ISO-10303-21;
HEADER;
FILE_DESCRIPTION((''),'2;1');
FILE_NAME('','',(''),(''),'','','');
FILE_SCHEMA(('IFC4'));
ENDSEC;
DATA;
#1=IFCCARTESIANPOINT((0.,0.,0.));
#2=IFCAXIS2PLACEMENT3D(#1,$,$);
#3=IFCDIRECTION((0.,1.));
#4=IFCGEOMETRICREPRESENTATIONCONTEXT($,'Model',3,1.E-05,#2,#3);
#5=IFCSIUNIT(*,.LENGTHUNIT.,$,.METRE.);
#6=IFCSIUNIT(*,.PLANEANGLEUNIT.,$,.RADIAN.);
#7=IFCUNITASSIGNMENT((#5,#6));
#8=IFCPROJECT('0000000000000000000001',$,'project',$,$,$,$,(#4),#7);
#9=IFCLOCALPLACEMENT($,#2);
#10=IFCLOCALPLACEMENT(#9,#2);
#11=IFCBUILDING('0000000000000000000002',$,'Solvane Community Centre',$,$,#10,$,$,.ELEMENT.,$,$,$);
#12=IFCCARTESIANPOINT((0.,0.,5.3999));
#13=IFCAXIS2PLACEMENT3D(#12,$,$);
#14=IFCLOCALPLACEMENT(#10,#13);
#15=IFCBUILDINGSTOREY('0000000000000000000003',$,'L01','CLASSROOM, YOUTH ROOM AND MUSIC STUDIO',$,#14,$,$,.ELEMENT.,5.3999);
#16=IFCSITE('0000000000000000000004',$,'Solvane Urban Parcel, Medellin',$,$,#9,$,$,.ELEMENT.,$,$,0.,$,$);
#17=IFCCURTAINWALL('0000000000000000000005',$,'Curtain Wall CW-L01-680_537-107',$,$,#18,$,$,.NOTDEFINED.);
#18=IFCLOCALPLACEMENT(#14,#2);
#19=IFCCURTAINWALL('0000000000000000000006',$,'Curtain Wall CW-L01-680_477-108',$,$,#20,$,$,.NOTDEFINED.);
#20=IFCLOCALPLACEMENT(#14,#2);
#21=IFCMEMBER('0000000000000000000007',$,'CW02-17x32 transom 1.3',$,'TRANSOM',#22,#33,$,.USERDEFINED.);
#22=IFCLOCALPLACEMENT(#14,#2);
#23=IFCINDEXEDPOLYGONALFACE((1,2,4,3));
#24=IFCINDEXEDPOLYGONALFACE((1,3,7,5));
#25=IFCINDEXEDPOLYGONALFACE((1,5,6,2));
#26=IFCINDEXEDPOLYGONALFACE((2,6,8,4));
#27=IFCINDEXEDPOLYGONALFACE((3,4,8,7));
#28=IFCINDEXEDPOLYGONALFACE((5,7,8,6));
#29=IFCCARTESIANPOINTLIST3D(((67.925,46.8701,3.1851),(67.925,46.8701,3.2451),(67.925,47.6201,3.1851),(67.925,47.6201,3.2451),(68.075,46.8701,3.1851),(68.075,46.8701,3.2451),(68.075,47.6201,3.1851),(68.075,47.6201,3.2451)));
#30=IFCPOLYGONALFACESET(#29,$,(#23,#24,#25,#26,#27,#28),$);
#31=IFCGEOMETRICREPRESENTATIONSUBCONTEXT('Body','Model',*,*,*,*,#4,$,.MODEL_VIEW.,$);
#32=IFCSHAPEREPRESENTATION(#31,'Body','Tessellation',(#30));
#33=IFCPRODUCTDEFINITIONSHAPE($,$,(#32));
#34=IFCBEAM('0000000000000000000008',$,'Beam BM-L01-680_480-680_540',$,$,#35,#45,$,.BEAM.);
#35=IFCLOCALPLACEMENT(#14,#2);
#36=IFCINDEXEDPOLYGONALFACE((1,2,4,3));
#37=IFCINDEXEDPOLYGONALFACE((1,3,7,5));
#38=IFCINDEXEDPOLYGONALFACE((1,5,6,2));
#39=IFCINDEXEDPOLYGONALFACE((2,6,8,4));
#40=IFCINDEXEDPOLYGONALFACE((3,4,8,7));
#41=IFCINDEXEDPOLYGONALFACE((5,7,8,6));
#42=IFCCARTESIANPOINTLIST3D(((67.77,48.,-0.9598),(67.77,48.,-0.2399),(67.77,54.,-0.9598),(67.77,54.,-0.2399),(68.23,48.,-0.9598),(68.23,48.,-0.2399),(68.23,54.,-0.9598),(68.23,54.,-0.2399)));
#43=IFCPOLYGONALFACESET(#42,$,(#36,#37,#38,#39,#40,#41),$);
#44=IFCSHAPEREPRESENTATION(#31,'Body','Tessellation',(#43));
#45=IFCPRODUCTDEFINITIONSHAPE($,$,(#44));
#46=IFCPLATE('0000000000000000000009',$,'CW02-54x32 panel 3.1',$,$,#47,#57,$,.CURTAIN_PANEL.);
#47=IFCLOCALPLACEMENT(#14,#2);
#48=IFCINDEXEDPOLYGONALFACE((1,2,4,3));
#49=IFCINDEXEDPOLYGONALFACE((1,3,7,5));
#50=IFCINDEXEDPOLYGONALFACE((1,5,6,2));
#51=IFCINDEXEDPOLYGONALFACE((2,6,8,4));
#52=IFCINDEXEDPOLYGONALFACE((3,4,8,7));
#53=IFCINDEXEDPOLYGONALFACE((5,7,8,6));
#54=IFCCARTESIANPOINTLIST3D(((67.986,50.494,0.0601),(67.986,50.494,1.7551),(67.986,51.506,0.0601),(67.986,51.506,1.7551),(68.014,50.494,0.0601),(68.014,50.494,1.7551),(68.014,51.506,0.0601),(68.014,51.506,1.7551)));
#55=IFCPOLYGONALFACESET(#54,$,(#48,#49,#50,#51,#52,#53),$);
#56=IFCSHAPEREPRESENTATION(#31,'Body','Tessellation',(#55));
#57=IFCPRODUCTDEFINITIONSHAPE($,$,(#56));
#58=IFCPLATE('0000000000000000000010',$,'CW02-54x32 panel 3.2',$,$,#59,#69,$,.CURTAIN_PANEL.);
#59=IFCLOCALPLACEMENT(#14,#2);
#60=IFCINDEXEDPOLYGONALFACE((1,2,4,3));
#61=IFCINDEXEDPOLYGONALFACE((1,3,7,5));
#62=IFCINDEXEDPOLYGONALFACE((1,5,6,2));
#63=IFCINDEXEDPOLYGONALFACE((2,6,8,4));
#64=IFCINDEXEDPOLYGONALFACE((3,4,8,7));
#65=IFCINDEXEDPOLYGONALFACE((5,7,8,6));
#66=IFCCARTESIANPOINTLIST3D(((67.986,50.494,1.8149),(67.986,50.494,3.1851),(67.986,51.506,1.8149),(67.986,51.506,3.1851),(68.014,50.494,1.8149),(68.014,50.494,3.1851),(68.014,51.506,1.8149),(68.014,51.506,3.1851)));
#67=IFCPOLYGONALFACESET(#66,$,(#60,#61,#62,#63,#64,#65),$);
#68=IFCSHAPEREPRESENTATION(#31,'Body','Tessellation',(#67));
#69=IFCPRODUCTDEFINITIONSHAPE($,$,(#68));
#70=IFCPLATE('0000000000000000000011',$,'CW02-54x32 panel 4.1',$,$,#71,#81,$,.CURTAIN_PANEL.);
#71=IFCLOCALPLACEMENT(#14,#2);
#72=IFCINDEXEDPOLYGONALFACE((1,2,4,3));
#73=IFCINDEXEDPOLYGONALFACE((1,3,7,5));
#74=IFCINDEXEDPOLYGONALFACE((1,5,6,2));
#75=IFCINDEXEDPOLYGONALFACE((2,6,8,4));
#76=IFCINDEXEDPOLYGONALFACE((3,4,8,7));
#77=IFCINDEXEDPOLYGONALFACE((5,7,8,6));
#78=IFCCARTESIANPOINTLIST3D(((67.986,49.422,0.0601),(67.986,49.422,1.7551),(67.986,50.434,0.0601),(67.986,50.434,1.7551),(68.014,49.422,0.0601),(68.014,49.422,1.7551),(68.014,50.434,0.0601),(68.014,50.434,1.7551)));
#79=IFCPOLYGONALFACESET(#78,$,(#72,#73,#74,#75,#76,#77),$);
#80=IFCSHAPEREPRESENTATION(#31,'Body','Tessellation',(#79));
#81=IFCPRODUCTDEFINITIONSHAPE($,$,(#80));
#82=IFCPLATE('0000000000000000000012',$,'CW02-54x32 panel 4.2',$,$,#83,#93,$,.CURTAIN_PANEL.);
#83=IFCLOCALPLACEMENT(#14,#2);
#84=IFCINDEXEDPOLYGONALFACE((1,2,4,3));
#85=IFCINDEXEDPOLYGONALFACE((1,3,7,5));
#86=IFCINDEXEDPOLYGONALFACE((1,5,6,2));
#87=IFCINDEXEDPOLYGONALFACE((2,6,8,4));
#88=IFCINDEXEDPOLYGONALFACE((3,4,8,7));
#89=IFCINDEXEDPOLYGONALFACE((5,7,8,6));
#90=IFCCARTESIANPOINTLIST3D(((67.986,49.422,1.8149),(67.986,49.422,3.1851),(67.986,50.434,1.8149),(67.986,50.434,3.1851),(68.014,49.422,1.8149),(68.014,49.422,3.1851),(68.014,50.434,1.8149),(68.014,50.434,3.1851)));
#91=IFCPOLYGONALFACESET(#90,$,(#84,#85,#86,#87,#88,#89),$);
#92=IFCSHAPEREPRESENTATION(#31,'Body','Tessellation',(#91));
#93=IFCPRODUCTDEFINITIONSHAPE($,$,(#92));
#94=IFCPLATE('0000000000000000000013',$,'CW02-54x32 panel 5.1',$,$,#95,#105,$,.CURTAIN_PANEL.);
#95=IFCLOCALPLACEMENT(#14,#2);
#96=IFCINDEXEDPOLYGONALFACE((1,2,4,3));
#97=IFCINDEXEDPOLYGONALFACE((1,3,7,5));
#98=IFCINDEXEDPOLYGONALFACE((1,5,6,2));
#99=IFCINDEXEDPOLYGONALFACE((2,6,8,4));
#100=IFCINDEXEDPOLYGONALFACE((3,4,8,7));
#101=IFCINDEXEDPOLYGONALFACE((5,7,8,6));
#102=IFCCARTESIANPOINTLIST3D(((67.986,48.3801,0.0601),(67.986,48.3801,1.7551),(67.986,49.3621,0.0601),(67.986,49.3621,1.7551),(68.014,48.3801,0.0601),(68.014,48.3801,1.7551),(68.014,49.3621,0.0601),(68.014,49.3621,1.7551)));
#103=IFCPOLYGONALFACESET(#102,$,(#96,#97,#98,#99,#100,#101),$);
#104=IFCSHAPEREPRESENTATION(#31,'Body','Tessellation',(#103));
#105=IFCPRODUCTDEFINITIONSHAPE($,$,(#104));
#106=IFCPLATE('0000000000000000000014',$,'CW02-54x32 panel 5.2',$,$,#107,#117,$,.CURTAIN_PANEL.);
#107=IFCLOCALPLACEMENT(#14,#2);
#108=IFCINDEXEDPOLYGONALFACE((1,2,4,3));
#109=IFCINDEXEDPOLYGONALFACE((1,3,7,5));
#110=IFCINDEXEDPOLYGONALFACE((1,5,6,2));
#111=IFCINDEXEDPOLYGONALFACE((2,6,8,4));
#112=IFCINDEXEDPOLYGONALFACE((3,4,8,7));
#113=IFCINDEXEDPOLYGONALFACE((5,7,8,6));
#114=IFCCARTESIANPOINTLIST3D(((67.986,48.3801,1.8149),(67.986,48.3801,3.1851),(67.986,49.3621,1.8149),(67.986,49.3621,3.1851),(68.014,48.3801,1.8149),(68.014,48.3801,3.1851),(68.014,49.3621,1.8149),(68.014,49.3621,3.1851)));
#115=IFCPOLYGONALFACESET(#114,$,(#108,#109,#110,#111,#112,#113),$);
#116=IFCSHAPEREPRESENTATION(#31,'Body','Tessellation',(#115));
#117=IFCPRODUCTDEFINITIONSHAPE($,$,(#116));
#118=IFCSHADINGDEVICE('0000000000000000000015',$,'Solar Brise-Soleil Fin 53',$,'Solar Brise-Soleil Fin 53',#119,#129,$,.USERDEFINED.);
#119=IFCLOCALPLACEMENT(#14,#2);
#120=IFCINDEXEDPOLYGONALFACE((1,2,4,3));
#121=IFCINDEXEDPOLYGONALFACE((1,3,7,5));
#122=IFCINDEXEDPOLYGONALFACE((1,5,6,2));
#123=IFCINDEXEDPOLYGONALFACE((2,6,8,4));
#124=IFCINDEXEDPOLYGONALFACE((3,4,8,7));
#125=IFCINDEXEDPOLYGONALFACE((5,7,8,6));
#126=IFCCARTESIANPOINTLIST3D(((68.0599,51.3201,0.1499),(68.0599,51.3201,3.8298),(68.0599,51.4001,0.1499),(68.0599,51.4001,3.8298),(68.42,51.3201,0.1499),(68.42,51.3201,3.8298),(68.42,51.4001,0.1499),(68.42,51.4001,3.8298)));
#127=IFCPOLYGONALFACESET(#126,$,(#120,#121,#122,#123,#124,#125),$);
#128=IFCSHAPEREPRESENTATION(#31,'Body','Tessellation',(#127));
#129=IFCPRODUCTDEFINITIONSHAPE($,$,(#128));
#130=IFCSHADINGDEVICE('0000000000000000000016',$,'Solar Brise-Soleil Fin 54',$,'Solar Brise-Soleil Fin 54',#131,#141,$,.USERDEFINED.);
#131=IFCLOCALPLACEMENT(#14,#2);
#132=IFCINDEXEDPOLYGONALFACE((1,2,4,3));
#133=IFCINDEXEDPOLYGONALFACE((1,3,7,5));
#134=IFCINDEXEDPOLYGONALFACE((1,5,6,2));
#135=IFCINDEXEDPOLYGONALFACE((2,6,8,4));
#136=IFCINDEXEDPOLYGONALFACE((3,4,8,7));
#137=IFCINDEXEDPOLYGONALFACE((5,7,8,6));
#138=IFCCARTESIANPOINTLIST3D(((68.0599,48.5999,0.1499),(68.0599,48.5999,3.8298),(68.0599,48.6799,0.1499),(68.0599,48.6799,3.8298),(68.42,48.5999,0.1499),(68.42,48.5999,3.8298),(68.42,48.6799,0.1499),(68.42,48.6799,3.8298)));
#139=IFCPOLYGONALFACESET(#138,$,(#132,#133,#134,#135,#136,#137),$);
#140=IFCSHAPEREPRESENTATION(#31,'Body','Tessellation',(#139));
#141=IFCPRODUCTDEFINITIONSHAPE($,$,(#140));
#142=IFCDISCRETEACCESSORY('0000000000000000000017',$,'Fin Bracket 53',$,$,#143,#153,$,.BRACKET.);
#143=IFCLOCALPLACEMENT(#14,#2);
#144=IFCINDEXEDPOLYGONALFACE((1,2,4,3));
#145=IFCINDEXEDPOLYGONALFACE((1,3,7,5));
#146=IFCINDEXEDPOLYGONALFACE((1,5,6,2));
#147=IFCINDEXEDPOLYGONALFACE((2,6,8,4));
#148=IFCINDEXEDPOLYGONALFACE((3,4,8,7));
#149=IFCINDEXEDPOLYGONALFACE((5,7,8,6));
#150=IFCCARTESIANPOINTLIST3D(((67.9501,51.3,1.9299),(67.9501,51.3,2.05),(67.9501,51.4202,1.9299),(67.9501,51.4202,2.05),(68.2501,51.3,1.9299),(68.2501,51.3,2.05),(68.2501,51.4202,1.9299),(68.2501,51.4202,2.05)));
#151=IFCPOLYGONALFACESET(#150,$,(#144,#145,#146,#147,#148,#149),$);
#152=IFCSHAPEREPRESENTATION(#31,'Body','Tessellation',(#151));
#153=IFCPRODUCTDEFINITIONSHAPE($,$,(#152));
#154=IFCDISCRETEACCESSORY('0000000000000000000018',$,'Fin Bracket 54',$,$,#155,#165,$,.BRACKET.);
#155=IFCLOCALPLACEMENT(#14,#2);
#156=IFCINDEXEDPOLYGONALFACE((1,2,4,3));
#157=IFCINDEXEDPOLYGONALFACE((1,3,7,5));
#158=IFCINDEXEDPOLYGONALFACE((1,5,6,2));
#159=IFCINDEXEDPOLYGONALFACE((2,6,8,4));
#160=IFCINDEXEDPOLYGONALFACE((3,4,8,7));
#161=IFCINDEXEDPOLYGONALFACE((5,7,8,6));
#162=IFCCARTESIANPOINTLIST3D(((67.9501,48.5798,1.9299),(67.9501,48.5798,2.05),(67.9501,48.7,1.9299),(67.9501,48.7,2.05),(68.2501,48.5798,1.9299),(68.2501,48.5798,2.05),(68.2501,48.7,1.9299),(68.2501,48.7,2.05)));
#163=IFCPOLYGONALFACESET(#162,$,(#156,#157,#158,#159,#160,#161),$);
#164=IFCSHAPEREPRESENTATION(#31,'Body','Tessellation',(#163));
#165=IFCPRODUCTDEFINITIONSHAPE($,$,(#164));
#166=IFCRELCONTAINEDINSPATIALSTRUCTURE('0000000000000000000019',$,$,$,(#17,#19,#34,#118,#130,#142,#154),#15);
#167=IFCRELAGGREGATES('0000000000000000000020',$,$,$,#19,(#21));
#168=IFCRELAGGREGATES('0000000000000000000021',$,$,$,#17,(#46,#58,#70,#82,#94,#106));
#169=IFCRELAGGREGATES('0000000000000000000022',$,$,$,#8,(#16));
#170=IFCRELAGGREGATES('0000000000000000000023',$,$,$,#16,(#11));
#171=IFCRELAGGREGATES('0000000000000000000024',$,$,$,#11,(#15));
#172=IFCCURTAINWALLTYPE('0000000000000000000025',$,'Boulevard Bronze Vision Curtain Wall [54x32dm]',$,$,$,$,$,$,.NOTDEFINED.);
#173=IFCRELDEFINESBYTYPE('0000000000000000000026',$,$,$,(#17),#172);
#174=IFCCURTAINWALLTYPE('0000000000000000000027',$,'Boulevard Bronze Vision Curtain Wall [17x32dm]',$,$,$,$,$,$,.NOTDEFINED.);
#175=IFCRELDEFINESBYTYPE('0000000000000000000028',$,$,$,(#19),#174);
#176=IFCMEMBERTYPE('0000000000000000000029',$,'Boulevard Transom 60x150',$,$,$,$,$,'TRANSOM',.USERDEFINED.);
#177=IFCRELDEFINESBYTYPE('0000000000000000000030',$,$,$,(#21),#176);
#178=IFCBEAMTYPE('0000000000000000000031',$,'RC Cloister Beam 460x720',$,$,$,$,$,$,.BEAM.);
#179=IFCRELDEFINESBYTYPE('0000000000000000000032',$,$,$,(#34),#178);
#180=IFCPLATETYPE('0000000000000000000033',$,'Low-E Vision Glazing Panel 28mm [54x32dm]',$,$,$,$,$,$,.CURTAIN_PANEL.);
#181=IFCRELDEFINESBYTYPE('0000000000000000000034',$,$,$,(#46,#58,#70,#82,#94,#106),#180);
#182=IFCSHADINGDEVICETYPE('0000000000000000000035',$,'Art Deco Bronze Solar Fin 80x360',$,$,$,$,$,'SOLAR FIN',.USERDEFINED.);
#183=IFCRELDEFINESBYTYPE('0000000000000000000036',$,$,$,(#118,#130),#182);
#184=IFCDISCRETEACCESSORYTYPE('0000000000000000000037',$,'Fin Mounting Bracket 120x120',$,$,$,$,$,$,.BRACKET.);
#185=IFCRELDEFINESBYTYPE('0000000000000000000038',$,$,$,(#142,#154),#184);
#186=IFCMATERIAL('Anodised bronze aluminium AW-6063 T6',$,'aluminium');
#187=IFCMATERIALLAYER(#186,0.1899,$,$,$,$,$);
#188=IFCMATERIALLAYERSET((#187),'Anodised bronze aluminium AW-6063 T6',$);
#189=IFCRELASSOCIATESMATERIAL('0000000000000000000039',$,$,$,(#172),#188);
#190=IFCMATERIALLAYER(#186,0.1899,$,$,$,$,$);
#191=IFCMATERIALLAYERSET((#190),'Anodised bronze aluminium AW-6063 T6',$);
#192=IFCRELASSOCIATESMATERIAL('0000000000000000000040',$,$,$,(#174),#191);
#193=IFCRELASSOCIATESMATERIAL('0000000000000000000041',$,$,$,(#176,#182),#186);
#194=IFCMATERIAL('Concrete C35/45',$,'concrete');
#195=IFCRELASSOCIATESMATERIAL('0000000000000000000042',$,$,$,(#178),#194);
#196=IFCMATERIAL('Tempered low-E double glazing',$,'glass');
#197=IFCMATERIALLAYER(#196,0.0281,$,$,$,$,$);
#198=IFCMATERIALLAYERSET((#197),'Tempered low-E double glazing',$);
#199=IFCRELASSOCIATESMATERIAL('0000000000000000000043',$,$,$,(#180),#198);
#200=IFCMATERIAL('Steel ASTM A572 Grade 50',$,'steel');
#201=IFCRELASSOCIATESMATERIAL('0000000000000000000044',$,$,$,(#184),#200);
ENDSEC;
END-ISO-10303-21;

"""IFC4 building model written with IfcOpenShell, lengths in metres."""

from ifc_helpers import new_model, si_unit, direction, frame, origin, origin_2d, place, context, subcontext, project, spatial, rectangle, extrude, material, layer, layer_set, material_profile, profile_set, type_object, element, aggregate, save


model = new_model("IFC4")

# Units and contexts
model_context = context("Model", 3, precision=1e-05, world=origin(), true_north=direction((0.0, 1.0)))
body_context = subcontext(model_context, "Body", "Model", "MODEL_VIEW")
ifc_project = project(units=[si_unit("LENGTHUNIT", "METRE"), si_unit("PLANEANGLEUNIT", "RADIAN")], contexts=[model_context])

# Site, building, storey
site_placement = place(None, origin())
site = spatial("IfcSite", under=ifc_project, at=site_placement, Name="Solvane Urban Parcel, Medellin", CompositionType="ELEMENT", RefElevation=0.0)
building_placement = place(site_placement, origin())
building = spatial("IfcBuilding", under=site, at=building_placement, Name="Solvane Community Centre", CompositionType="ELEMENT")
storey_placement = place(building_placement, frame((0.0, 0.0, 5.3999)))
storey = spatial("IfcBuildingStorey", under=building, at=storey_placement, Name="L01", Description="CLASSROOM, YOUTH ROOM AND MUSIC STUDIO", CompositionType="ELEMENT", Elevation=5.3999)

# Shared definitions
ifc_material_1 = material(Name="Concrete C35/45", Category="concrete")

# Curtain wall
ifc_material_2 = material(Name="Anodised bronze aluminium AW-6063 T6", Category="aluminium")
ifc_layer_1 = layer(ifc_material_2, 0.1899)
ifc_layer_set_1 = layer_set([ifc_layer_1], Name="Anodised bronze aluminium AW-6063 T6")
curtain_wall_type_1 = type_object("IfcCurtainWallType", Name="Boulevard Bronze Vision Curtain Wall [54x32dm]", PredefinedType="NOTDEFINED", material=ifc_layer_set_1)
curtain_wall_1_placement = place(storey_placement, origin())
curtain_wall_1 = element("IfcCurtainWall", 1, at=curtain_wall_1_placement, inside=storey, type_object=curtain_wall_type_1, Name="Curtain Wall CW-L01-680_537-107", PredefinedType="NOTDEFINED")

# Curtain wall
ifc_layer_2 = layer(ifc_material_2, 0.1899)
ifc_layer_set_2 = layer_set([ifc_layer_2], Name="Anodised bronze aluminium AW-6063 T6")
curtain_wall_type_2 = type_object("IfcCurtainWallType", Name="Boulevard Bronze Vision Curtain Wall [17x32dm]", PredefinedType="NOTDEFINED", material=ifc_layer_set_2)
curtain_wall_2_placement = place(storey_placement, origin())
curtain_wall_2 = element("IfcCurtainWall", 2, at=curtain_wall_2_placement, inside=storey, type_object=curtain_wall_type_2, Name="Curtain Wall CW-L01-680_477-108", PredefinedType="NOTDEFINED")

# Member
ifc_material_profile_1 = material_profile(ifc_material_2, rectangle(XDim=0.1499, YDim=0.0601, at=origin_2d()), Name="CW-T 60x150")
ifc_profile_set_1 = profile_set([ifc_material_profile_1], Name="Anodised bronze aluminium AW-6063 T6")
member_type_1 = type_object("IfcMemberType", Name="Boulevard Transom 60x150", ElementType="TRANSOM", PredefinedType="USERDEFINED", material=ifc_profile_set_1)
member_1_placement = place(storey_placement, frame((68.0, 47.6201, 3.2151), z_axis=(0.0, -1.0, 0.0), x_axis=(1.0, 0.0, 0.0)))
member_1 = element("IfcMember", 3, at=member_1_placement, type_object=member_type_1, Name="CW02-17x32 transom 1.3", ObjectType="TRANSOM", PredefinedType="USERDEFINED", context=body_context, shape_type="SweptSolid", body=[
    extrude(rectangle(XDim=0.1499, YDim=0.0601, at=origin_2d()), origin(), (0.0, 0.0, 1.0), 0.75),
])
aggregate(curtain_wall_2, [member_1])

# Beam
ifc_material_profile_2 = material_profile(ifc_material_1, rectangle(XDim=0.46, YDim=0.72, at=origin_2d()), Name="RC 460x720")
ifc_profile_set_2 = profile_set([ifc_material_profile_2], Name="Concrete C35/45")
beam_type = type_object("IfcBeamType", Name="RC Cloister Beam 460x720", PredefinedType="BEAM", material=ifc_profile_set_2)
beam_placement = place(storey_placement, frame((68.0, 48.0, -0.5999), z_axis=(0.0, 1.0, 0.0), x_axis=(-1.0, 0.0, 0.0)))
element("IfcBeam", 4, at=beam_placement, inside=storey, type_object=beam_type, Name="Beam BM-L01-680_480-680_540", PredefinedType="BEAM", context=body_context, shape_type="SweptSolid", body=[
    extrude(rectangle(XDim=0.46, YDim=0.72, at=origin_2d()), origin(), (0.0, 0.0, 1.0), 6.0),
])

# Plates
ifc_material_3 = material(Name="Tempered low-E double glazing", Category="glass")
ifc_layer_3 = layer(ifc_material_3, 0.0281)
ifc_layer_set_3 = layer_set([ifc_layer_3], Name="Tempered low-E double glazing")
plate_type = type_object("IfcPlateType", Name="Low-E Vision Glazing Panel 28mm [54x32dm]", PredefinedType="CURTAIN_PANEL", material=ifc_layer_set_3)
plate_1_placement = place(storey_placement, frame((68.0, 51.0, 0.0601), z_axis=(0.0, 0.0, 1.0), x_axis=(0.0, -1.0, 0.0)))
plate_1 = element("IfcPlate", 5, at=plate_1_placement, type_object=plate_type, Name="CW02-54x32 panel 3.1", PredefinedType="CURTAIN_PANEL", context=body_context, shape_type="SweptSolid", body=[
    extrude(rectangle(XDim=1.012, YDim=0.0281, at=origin_2d()), origin(), (0.0, 0.0, 1.0), 1.6951),
])
plate_2_placement = place(storey_placement, frame((68.0, 51.0, 1.8149), z_axis=(0.0, 0.0, 1.0), x_axis=(0.0, -1.0, 0.0)))
plate_2 = element("IfcPlate", 6, at=plate_2_placement, type_object=plate_type, Name="CW02-54x32 panel 3.2", PredefinedType="CURTAIN_PANEL", context=body_context, shape_type="SweptSolid", body=[
    extrude(rectangle(XDim=1.012, YDim=0.0281, at=origin_2d()), origin(), (0.0, 0.0, 1.0), 1.3701),
])
plate_3_placement = place(storey_placement, frame((68.0, 49.928, 0.0601), z_axis=(0.0, 0.0, 1.0), x_axis=(0.0, -1.0, 0.0)))
plate_3 = element("IfcPlate", 7, at=plate_3_placement, type_object=plate_type, Name="CW02-54x32 panel 4.1", PredefinedType="CURTAIN_PANEL", context=body_context, shape_type="SweptSolid", body=[
    extrude(rectangle(XDim=1.012, YDim=0.0281, at=origin_2d()), origin(), (0.0, 0.0, 1.0), 1.6951),
])
plate_4_placement = place(storey_placement, frame((68.0, 49.928, 1.8149), z_axis=(0.0, 0.0, 1.0), x_axis=(0.0, -1.0, 0.0)))
plate_4 = element("IfcPlate", 8, at=plate_4_placement, type_object=plate_type, Name="CW02-54x32 panel 4.2", PredefinedType="CURTAIN_PANEL", context=body_context, shape_type="SweptSolid", body=[
    extrude(rectangle(XDim=1.012, YDim=0.0281, at=origin_2d()), origin(), (0.0, 0.0, 1.0), 1.3701),
])
plate_5_placement = place(storey_placement, frame((68.0, 48.8711, 0.0601), z_axis=(0.0, 0.0, 1.0), x_axis=(0.0, -1.0, 0.0)))
plate_5 = element("IfcPlate", 9, at=plate_5_placement, type_object=plate_type, Name="CW02-54x32 panel 5.1", PredefinedType="CURTAIN_PANEL", context=body_context, shape_type="SweptSolid", body=[
    extrude(rectangle(XDim=0.9819, YDim=0.0281, at=origin_2d()), origin(), (0.0, 0.0, 1.0), 1.6951),
])
plate_6_placement = place(storey_placement, frame((68.0, 48.8711, 1.8149), z_axis=(0.0, 0.0, 1.0), x_axis=(0.0, -1.0, 0.0)))
plate_6 = element("IfcPlate", 10, at=plate_6_placement, type_object=plate_type, Name="CW02-54x32 panel 5.2", PredefinedType="CURTAIN_PANEL", context=body_context, shape_type="SweptSolid", body=[
    extrude(rectangle(XDim=0.9819, YDim=0.0281, at=origin_2d()), origin(), (0.0, 0.0, 1.0), 1.3701),
])
aggregate(curtain_wall_1, [plate_1, plate_2, plate_3, plate_4, plate_5, plate_6])

# Shading devices
shading_device_type = type_object("IfcShadingDeviceType", Name="Art Deco Bronze Solar Fin 80x360", ElementType="SOLAR FIN", PredefinedType="USERDEFINED", material=ifc_material_2)
shading_device_1_placement = place(storey_placement, frame((68.24, 51.3601, 0.1499), z_axis=(0.0, 0.0, 1.0), x_axis=(0.0, -1.0, 0.0)))
element("IfcShadingDevice", 11, at=shading_device_1_placement, inside=storey, type_object=shading_device_type, Name="Solar Brise-Soleil Fin 53", ObjectType="Solar Brise-Soleil Fin 53", PredefinedType="USERDEFINED", context=body_context, shape_type="SweptSolid", body=[
    extrude(rectangle(XDim=0.0801, YDim=0.3601, at=origin_2d()), origin(), (0.0, 0.0, 1.0), 3.6799),
])
shading_device_2_placement = place(storey_placement, frame((68.24, 48.6399, 0.1499), z_axis=(0.0, 0.0, 1.0), x_axis=(0.0, -1.0, 0.0)))
element("IfcShadingDevice", 12, at=shading_device_2_placement, inside=storey, type_object=shading_device_type, Name="Solar Brise-Soleil Fin 54", ObjectType="Solar Brise-Soleil Fin 54", PredefinedType="USERDEFINED", context=body_context, shape_type="SweptSolid", body=[
    extrude(rectangle(XDim=0.0801, YDim=0.3601, at=origin_2d()), origin(), (0.0, 0.0, 1.0), 3.6799),
])

# Discrete accessories
ifc_material_4 = material(Name="Steel ASTM A572 Grade 50", Category="steel")
discrete_accessory_type = type_object("IfcDiscreteAccessoryType", Name="Fin Mounting Bracket 120x120", PredefinedType="BRACKET", material=ifc_material_4)
for number, where, z_axis, x_axis, name in (
    (13, (68.1001, 51.3601, 1.9299), (0.0, 0.0, 1.0), (0.0, -1.0, 0.0), "Fin Bracket 53"),
    (14, (68.1001, 48.6399, 1.9299), (0.0, 0.0, 1.0), (0.0, -1.0, 0.0), "Fin Bracket 54"),
):
    element("IfcDiscreteAccessory", number, at=place(storey_placement, frame(where, z_axis=z_axis, x_axis=x_axis)), inside=storey, type_object=discrete_accessory_type, Name=name, PredefinedType="BRACKET", context=body_context, shape_type="SweptSolid", body=[
        extrude(rectangle(XDim=0.1201, YDim=0.3, at=origin_2d()), origin(), (0.0, 0.0, 1.0), 0.1201),
    ])

save(model, "model.ifc")
